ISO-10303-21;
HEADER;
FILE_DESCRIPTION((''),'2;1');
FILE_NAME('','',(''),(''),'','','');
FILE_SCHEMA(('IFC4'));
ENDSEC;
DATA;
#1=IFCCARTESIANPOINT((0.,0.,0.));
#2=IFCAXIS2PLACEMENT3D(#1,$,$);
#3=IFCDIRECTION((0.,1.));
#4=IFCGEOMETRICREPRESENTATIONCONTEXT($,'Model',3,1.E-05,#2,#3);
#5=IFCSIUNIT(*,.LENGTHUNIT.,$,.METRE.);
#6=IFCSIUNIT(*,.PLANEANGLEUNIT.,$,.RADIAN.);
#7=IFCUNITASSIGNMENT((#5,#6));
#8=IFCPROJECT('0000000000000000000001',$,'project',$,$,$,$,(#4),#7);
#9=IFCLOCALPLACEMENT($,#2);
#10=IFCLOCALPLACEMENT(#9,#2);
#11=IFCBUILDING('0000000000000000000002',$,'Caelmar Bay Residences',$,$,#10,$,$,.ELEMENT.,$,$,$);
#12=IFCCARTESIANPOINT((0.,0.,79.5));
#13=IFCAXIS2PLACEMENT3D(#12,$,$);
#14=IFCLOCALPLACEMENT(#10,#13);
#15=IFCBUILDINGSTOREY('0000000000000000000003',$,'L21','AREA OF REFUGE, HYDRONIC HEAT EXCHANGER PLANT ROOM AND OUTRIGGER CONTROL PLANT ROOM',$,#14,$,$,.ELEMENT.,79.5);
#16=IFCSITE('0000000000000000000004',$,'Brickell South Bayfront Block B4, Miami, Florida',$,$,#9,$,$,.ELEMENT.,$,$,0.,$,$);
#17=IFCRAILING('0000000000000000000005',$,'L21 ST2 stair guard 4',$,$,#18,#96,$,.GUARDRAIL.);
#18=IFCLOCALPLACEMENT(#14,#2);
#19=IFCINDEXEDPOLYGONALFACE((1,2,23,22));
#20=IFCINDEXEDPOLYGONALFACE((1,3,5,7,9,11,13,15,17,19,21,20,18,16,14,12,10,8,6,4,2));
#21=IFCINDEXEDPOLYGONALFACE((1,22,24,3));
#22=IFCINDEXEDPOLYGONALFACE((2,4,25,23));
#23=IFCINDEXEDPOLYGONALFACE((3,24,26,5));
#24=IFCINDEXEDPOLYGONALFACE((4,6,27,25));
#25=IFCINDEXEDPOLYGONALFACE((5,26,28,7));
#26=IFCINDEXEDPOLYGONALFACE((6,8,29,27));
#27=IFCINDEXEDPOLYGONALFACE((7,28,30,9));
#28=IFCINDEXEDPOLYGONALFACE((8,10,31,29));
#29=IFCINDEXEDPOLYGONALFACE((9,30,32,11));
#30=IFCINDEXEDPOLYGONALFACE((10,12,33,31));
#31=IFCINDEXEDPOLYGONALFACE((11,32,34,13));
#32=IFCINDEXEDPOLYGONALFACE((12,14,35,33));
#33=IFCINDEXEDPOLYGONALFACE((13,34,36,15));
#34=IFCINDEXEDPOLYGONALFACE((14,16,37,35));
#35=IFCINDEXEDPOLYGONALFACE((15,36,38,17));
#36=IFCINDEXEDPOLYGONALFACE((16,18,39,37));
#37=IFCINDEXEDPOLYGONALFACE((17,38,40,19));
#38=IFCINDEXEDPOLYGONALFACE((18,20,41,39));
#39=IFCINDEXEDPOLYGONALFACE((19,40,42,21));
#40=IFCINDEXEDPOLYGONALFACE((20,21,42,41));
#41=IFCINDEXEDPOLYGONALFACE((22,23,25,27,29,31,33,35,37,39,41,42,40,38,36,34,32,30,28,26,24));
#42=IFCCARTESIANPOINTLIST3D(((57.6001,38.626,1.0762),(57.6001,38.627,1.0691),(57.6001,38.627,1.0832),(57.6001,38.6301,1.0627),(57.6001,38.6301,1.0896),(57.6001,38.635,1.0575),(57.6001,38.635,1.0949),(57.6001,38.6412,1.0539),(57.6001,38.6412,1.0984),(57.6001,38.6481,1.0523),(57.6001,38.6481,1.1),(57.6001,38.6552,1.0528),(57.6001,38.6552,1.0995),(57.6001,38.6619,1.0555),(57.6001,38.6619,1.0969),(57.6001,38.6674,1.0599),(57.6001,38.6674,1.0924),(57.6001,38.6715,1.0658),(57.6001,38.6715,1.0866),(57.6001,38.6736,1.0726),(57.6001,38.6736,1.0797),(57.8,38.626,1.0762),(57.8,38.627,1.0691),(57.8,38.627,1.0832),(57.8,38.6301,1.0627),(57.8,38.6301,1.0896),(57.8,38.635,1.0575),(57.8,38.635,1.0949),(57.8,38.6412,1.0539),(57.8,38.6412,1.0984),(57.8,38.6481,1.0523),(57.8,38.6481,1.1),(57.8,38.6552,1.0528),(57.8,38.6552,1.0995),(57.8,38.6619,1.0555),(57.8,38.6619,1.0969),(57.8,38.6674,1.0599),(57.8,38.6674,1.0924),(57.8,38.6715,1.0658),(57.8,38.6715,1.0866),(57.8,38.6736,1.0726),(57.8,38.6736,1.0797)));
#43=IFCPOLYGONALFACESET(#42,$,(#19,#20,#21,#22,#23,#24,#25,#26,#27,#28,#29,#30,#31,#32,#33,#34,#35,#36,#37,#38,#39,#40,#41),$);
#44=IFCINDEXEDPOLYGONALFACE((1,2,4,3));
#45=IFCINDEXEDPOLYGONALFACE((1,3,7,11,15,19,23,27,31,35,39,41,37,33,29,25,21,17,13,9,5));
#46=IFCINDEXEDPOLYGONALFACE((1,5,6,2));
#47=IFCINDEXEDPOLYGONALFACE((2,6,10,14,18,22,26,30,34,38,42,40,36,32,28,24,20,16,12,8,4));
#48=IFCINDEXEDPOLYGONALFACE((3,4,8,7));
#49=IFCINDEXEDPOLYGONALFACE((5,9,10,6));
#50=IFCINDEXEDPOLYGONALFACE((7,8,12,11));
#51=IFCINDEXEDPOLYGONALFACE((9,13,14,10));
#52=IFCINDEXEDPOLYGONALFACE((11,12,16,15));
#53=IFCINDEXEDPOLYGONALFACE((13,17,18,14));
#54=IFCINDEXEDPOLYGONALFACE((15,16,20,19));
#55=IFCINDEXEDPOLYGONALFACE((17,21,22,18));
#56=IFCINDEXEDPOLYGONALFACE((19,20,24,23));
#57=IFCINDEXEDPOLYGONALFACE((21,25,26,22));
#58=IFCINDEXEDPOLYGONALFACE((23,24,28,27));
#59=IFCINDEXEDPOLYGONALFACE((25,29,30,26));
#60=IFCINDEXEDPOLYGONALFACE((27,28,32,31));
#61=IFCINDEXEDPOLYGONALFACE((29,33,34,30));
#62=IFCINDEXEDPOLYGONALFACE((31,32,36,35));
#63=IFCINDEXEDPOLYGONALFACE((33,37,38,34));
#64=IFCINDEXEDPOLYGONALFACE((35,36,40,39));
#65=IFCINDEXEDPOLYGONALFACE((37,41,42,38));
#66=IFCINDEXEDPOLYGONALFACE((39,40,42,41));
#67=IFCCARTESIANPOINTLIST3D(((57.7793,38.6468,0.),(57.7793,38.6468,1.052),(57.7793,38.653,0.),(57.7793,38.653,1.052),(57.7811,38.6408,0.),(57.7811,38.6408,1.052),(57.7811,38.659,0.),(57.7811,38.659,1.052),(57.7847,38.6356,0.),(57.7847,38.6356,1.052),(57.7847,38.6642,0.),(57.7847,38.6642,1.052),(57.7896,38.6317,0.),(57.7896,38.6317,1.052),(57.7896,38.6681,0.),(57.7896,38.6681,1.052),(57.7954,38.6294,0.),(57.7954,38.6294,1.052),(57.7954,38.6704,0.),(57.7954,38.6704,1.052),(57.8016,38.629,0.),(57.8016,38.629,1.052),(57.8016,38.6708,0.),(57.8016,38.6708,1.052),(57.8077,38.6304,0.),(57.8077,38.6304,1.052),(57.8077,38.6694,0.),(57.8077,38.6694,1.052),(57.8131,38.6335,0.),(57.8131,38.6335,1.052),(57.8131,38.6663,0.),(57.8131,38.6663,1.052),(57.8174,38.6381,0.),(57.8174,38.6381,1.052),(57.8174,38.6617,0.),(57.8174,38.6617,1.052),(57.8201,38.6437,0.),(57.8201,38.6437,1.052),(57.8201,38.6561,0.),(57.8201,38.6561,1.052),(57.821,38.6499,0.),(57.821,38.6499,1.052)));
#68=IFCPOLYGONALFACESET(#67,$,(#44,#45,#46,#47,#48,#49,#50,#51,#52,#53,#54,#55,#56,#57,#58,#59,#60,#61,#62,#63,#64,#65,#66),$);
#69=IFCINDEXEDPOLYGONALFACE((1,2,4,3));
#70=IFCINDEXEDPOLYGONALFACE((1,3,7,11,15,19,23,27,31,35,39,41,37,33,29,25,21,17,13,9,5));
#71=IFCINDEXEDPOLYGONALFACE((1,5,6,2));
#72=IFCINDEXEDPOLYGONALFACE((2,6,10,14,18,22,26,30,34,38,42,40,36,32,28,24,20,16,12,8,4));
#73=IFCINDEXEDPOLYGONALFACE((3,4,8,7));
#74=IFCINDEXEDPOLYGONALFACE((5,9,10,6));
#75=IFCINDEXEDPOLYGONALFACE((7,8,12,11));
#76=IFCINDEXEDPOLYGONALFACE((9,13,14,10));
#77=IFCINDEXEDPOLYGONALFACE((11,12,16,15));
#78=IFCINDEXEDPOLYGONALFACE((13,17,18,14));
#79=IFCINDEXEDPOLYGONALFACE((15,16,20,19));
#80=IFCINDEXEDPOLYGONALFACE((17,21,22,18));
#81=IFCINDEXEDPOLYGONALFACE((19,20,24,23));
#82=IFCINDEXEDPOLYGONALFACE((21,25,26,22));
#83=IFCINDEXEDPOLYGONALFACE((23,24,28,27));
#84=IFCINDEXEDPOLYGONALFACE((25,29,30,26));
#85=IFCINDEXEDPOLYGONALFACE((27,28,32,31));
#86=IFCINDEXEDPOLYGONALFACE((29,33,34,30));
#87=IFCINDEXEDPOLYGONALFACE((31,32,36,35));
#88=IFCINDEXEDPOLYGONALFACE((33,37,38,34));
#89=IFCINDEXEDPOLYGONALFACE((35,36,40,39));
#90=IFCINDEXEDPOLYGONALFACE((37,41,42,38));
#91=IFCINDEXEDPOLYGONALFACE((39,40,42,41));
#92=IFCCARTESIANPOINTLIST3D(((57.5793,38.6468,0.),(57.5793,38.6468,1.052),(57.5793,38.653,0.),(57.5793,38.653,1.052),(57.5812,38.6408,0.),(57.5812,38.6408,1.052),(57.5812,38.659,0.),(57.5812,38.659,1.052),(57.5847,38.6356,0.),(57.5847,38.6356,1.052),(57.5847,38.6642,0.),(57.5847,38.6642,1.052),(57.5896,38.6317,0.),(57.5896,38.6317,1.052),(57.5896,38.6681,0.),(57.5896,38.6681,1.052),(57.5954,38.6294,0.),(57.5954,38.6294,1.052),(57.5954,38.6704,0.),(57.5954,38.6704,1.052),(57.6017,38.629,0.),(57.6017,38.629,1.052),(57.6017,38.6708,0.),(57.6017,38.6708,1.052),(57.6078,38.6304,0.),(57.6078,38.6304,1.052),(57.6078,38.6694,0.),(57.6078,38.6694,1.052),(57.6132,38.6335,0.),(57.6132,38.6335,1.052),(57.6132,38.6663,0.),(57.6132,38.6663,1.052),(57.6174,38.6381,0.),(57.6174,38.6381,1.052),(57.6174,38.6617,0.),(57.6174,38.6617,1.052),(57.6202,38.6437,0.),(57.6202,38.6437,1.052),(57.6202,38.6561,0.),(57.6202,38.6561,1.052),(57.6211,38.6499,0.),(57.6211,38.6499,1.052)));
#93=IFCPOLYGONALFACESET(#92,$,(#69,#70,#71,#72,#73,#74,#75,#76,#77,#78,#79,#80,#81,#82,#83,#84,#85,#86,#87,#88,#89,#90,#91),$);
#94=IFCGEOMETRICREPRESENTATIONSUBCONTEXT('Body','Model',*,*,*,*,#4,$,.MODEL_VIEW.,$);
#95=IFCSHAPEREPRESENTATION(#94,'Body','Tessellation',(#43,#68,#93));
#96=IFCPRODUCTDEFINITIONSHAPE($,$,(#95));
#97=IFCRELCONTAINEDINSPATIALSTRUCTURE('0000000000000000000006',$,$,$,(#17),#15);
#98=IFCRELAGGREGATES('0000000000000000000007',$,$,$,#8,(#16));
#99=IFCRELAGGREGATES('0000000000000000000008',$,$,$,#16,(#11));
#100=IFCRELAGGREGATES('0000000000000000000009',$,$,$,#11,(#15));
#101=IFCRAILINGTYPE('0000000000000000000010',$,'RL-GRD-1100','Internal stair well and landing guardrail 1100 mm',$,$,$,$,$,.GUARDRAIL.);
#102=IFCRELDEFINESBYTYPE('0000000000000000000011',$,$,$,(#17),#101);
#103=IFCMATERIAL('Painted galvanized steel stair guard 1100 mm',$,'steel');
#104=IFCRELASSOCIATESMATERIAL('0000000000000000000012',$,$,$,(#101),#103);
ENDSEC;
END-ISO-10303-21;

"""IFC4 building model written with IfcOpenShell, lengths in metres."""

from ifc_helpers import new_model, si_unit, direction, frame, origin, origin_2d, place, context, subcontext, project, spatial, circle, extrude, material, type_object, element, save


model = new_model("IFC4")

# Units and contexts
model_context = context("Model", 3, precision=1e-05, world=origin(), true_north=direction((0.0, 1.0)))
body_context = subcontext(model_context, "Body", "Model", "MODEL_VIEW")
ifc_project = project(units=[si_unit("LENGTHUNIT", "METRE"), si_unit("PLANEANGLEUNIT", "RADIAN")], contexts=[model_context])

# Site, building, storey
site_placement = place(None, origin())
site = spatial("IfcSite", under=ifc_project, at=site_placement, Name="Brickell South Bayfront Block B4, Miami, Florida", CompositionType="ELEMENT", RefElevation=0.0)
building_placement = place(site_placement, origin())
building = spatial("IfcBuilding", under=site, at=building_placement, Name="Caelmar Bay Residences", CompositionType="ELEMENT")
storey_placement = place(building_placement, frame((0.0, 0.0, 79.5)))
storey = spatial("IfcBuildingStorey", under=building, at=storey_placement, Name="L21", Description="AREA OF REFUGE, HYDRONIC HEAT EXCHANGER PLANT ROOM AND OUTRIGGER CONTROL PLANT ROOM", CompositionType="ELEMENT", Elevation=79.5)

# Railing
ifc_material_1 = material(Name="Painted galvanized steel stair guard 1100 mm", Category="steel")
railing_type_1 = type_object("IfcRailingType", Name="RL-GRD-1100", Description="Internal stair well and landing guardrail 1100 mm", PredefinedType="GUARDRAIL", material=ifc_material_1)
railing_1_placement = place(storey_placement, frame((57.8, 38.6499, 0.0)))
element("IfcRailing", 1, at=railing_1_placement, inside=storey, type_object=railing_type_1, Name="L21 ST2 stair guard 4", PredefinedType="GUARDRAIL", context=body_context, shape_type="SweptSolid", body=[
    extrude(circle(Radius=0.0239, at=origin_2d()), frame((0.0, 0.0, 1.0762), z_axis=(-1.0, 0.0, 0.0), x_axis=(0.0, -1.0, 0.0)), (0.0, 0.0, 1.0), 0.2),
    extrude(circle(Radius=0.021, at=origin_2d()), origin(), (0.0, 0.0, 1.0), 1.052),
    extrude(circle(Radius=0.021, at=origin_2d()), frame((-0.2, 0.0, 0.0)), (0.0, 0.0, 1.0), 1.052),
])

save(model, "model.ifc")
